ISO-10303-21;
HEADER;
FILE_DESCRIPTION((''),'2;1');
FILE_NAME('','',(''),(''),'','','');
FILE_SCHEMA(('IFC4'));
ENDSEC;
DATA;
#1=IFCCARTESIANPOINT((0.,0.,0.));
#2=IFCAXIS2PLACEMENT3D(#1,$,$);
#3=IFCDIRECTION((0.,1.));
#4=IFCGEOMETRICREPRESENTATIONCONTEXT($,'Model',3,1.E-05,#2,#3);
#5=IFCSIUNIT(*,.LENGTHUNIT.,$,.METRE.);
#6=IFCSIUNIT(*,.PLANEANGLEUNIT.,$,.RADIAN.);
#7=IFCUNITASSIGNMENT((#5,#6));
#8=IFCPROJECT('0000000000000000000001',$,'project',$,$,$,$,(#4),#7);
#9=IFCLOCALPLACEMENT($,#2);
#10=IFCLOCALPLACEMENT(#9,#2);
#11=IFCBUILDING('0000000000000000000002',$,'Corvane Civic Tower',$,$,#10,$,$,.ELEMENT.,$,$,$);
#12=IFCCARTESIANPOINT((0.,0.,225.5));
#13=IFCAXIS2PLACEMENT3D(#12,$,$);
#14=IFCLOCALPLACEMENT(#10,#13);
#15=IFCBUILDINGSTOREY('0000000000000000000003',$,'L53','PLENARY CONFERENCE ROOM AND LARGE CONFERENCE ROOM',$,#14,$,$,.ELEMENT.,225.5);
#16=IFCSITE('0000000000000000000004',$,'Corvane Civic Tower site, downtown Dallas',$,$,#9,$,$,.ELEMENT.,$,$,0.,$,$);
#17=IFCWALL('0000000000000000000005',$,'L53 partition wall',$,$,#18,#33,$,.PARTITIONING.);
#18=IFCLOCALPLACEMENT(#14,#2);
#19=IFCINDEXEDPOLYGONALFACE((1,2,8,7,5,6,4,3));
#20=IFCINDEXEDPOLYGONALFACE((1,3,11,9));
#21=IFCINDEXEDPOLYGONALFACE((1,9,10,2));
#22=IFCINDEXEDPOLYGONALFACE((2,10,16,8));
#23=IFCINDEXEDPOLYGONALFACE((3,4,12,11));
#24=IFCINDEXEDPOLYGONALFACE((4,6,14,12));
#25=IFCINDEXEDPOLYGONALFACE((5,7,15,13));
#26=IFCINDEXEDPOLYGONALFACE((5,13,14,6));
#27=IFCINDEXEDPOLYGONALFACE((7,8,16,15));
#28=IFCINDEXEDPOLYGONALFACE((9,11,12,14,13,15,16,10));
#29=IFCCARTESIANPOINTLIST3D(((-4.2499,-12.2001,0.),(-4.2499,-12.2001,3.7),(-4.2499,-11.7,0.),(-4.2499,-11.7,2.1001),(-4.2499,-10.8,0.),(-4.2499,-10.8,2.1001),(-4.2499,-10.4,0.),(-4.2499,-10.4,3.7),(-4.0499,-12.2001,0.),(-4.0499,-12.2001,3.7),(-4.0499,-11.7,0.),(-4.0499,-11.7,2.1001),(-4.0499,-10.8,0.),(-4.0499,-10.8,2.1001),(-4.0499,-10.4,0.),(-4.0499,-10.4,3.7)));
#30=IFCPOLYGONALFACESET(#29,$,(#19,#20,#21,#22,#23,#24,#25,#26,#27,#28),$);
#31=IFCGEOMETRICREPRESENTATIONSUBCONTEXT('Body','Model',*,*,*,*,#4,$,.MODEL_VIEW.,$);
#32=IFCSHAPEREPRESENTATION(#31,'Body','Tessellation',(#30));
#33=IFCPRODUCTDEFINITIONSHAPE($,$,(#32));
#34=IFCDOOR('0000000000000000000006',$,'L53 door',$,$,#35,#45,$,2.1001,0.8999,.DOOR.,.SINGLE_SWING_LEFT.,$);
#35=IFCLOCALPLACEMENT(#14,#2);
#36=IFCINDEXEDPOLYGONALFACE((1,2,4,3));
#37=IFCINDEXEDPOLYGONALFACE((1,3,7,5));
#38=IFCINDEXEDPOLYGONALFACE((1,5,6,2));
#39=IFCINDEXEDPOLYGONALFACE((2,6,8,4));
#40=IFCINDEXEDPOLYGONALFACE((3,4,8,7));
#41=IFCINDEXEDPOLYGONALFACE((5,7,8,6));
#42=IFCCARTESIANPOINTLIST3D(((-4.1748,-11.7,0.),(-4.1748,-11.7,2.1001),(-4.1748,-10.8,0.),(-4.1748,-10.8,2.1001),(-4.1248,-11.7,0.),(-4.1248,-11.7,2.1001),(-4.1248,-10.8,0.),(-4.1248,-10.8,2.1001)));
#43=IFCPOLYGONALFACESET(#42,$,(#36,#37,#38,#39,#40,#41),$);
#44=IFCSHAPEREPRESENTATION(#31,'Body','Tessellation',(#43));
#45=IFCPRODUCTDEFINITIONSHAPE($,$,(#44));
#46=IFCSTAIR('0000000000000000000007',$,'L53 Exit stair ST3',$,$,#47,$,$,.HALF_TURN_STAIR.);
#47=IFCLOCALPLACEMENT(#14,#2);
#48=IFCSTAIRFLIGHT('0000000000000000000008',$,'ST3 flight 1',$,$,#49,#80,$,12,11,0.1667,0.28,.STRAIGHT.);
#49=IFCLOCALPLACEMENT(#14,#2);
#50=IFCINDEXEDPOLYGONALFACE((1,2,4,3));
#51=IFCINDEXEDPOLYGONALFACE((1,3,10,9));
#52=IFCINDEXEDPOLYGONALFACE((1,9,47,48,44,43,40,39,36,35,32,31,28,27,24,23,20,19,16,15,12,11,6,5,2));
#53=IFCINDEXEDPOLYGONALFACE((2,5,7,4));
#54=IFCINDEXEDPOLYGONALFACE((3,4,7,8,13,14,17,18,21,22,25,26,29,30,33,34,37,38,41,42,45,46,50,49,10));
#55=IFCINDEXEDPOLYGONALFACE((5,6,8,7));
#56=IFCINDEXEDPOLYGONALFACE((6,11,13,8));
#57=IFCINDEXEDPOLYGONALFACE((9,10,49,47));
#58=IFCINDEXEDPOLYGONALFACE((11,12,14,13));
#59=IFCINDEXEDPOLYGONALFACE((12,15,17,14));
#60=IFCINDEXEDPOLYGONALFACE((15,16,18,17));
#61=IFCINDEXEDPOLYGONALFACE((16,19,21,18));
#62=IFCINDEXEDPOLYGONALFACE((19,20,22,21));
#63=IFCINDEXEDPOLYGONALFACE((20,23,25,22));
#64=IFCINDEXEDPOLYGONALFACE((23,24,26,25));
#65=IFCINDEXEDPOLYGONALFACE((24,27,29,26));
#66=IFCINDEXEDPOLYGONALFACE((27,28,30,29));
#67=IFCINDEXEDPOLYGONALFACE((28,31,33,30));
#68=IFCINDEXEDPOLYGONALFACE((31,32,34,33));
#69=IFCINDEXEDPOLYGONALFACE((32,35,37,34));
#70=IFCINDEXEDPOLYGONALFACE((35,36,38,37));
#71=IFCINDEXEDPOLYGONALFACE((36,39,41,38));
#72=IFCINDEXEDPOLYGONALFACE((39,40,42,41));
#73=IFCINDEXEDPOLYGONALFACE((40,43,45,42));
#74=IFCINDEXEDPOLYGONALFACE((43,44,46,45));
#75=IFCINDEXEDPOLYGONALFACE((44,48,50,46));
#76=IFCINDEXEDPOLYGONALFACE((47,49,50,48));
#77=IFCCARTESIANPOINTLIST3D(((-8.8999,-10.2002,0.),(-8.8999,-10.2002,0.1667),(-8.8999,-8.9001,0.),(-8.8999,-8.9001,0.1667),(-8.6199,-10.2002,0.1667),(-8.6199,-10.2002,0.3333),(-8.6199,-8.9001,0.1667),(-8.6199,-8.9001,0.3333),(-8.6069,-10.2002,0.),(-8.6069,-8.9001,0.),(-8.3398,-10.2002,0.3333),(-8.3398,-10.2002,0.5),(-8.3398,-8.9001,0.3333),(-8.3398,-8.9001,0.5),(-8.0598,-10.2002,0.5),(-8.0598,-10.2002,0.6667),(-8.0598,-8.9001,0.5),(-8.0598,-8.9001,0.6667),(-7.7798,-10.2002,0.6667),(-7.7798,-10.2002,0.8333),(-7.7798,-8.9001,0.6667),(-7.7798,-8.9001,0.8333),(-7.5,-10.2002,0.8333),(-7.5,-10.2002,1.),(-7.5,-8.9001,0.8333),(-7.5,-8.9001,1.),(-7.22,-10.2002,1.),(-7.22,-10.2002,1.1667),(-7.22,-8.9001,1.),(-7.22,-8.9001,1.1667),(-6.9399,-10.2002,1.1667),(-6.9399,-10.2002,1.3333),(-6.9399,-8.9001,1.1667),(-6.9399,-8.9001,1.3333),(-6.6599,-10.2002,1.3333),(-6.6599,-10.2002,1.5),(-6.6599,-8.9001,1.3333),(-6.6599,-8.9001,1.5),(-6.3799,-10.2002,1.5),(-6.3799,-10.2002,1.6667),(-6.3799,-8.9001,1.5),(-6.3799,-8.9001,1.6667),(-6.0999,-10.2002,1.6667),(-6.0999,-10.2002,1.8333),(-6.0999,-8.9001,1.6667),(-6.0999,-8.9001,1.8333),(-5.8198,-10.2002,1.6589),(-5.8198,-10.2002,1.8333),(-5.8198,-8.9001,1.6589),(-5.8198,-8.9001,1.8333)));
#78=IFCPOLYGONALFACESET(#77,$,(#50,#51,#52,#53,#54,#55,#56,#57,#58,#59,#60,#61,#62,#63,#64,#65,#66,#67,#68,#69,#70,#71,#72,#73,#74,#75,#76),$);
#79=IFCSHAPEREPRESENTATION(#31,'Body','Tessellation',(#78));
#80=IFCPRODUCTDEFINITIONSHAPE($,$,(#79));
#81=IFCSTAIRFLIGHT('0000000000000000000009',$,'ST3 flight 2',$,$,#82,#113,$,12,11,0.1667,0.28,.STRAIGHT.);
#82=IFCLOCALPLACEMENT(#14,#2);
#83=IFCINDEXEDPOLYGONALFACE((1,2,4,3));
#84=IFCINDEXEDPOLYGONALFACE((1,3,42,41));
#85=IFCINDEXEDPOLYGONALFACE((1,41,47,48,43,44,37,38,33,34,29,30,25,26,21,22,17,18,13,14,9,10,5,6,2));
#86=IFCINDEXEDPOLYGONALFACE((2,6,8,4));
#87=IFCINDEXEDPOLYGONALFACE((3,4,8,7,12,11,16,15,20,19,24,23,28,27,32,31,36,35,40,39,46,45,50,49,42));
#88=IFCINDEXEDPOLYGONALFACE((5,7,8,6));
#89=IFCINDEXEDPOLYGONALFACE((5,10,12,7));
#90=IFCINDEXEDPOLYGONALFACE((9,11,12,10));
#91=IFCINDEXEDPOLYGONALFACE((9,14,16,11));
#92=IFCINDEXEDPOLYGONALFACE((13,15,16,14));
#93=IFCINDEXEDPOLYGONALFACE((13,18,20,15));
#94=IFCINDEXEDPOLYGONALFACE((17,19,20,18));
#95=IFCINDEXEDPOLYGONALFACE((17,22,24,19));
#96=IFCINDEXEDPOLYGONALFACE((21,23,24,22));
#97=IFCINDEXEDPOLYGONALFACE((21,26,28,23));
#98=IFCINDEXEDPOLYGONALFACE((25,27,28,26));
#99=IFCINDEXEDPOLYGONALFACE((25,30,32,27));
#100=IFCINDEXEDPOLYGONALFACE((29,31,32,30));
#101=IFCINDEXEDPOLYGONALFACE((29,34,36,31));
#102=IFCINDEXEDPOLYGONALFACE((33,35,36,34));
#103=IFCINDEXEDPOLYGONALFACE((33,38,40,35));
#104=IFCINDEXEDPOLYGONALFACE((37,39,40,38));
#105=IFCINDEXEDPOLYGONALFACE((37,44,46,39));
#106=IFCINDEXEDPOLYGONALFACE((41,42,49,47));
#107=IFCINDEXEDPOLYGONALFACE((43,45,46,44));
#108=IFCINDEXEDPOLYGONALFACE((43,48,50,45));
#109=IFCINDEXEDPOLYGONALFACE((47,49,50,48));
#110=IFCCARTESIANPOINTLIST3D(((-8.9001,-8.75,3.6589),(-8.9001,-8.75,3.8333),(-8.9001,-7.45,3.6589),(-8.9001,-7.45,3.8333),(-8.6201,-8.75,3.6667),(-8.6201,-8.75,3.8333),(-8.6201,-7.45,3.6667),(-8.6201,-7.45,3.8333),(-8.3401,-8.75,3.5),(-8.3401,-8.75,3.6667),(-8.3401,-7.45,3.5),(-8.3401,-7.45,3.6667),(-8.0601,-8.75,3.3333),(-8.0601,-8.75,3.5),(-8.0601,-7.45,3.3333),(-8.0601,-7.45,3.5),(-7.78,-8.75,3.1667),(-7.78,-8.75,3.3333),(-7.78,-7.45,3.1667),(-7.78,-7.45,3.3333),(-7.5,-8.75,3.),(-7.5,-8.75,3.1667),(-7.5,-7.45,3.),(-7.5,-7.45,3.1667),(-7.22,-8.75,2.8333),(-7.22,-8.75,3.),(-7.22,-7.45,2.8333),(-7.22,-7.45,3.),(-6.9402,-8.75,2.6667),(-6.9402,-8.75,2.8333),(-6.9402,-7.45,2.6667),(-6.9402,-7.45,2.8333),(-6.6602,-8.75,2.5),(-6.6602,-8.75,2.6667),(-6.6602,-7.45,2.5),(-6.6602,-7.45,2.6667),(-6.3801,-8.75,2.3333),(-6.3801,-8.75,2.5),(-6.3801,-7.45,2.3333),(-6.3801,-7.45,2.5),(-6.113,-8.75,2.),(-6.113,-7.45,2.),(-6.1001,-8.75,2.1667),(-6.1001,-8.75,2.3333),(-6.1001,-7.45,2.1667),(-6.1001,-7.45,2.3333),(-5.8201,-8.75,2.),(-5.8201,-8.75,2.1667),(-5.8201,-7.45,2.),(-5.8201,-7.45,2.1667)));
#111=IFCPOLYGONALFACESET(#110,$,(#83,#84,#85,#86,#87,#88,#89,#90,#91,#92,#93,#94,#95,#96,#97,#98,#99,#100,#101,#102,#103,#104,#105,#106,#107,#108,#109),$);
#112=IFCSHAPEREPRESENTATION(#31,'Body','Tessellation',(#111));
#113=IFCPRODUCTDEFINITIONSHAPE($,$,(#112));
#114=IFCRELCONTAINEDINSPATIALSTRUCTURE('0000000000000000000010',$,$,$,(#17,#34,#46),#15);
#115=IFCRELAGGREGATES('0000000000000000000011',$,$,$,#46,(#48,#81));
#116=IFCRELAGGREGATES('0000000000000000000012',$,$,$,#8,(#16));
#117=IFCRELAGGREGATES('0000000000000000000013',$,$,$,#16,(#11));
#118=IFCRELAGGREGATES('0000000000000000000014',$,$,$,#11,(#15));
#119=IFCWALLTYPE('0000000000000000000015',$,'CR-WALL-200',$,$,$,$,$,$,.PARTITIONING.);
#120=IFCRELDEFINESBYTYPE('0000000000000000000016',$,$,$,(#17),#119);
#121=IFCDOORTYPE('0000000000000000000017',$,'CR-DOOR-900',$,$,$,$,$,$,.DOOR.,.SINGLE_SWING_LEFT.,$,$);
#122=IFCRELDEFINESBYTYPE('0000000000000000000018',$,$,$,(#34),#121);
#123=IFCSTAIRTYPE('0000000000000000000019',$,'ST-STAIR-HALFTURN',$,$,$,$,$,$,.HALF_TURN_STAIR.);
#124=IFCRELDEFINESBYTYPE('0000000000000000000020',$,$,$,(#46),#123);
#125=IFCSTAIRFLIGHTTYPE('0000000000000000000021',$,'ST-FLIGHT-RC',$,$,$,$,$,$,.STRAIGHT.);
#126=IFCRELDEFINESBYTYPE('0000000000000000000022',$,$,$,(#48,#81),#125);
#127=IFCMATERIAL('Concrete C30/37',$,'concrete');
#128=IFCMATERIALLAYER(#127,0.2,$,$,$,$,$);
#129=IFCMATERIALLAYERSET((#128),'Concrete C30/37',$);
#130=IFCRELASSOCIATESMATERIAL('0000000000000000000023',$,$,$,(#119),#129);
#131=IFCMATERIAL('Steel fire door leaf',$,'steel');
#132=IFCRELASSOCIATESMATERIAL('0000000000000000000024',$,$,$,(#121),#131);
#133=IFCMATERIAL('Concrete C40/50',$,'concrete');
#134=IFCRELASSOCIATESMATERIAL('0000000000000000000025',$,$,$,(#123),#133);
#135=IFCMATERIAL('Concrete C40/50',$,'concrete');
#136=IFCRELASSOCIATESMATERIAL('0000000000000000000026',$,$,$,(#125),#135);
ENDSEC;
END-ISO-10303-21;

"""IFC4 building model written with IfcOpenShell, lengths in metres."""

from ifc_helpers import new_model, si_unit, direction, frame, frame_2d, origin, place, context, subcontext, project, spatial, polyline, rectangle, outline, extrude, material, layer, layer_set, type_object, element, fill, aggregate, save


model = new_model("IFC4")

# Units and contexts
model_context = context("Model", 3, precision=1e-05, world=origin(), true_north=direction((0.0, 1.0)))
body_context = subcontext(model_context, "Body", "Model", "MODEL_VIEW")
ifc_project = project(units=[si_unit("LENGTHUNIT", "METRE"), si_unit("PLANEANGLEUNIT", "RADIAN")], contexts=[model_context])

# Site, building, storey
site_placement = place(None, origin())
site = spatial("IfcSite", under=ifc_project, at=site_placement, Name="Corvane Civic Tower site, downtown Dallas", CompositionType="ELEMENT", RefElevation=0.0)
building_placement = place(site_placement, origin())
building = spatial("IfcBuilding", under=site, at=building_placement, Name="Corvane Civic Tower", CompositionType="ELEMENT")
storey_placement = place(building_placement, frame((0.0, 0.0, 225.5)))
storey = spatial("IfcBuildingStorey", under=building, at=storey_placement, Name="L53", Description="PLENARY CONFERENCE ROOM AND LARGE CONFERENCE ROOM", CompositionType="ELEMENT", Elevation=225.5)

# Wall, opening, door
ifc_material_1 = material(Name="Concrete C30/37", Category="concrete")
ifc_layer_1 = layer(ifc_material_1, 0.2)
ifc_layer_set_1 = layer_set([ifc_layer_1], Name="Concrete C30/37")
wall_type_1 = type_object("IfcWallType", Name="CR-WALL-200", PredefinedType="PARTITIONING", material=ifc_layer_set_1)
ifc_material_2 = material(Name="Steel fire door leaf", Category="steel")
door_type_1 = type_object("IfcDoorType", Name="CR-DOOR-900", OperationType="SINGLE_SWING_LEFT", PredefinedType="DOOR", material=ifc_material_2)
wall_1_placement = place(storey_placement, frame((-4.1499, -12.2, 0.0), z_axis=(0.0, 0.0, 1.0), x_axis=(0.0, 1.0, 0.0)))
wall_1 = element("IfcWall", 1, at=wall_1_placement, inside=storey, type_object=wall_type_1, Name="L53 partition wall", PredefinedType="PARTITIONING", context=body_context, shape_type="SweptSolid", body=[
    extrude(rectangle(XDim=1.8, YDim=0.2, at=frame_2d((0.8999, 0.0))), origin(), (0.0, 0.0, 1.0), 3.7),
])
opening_1_placement = place(wall_1_placement, frame((0.5, 0.0, 0.0)))
opening_1 = element("IfcOpeningElement", 2, at=opening_1_placement, cuts=wall_1, PredefinedType="OPENING", context=body_context, shape_type="SweptSolid", body=[
    extrude(rectangle(XDim=0.8999, YDim=2.1001, at=frame_2d((0.45, 1.05))), frame((0.0, 0.1099, 0.0), z_axis=(0.0, -1.0, 0.0), x_axis=(1.0, 0.0, 0.0)), (0.0, 0.0, 1.0), 0.22),
])
door_1_placement = place(opening_1_placement, origin())
door_1 = element("IfcDoor", 3, at=door_1_placement, inside=storey, type_object=door_type_1, Name="L53 door", OperationType="SINGLE_SWING_LEFT", OverallHeight=2.1001, OverallWidth=0.8999, PredefinedType="DOOR", context=body_context, shape_type="SweptSolid", body=[
    extrude(rectangle(XDim=0.8999, YDim=2.1001, at=frame_2d((0.45, 1.05))), frame((0.0, 0.0249, 0.0), z_axis=(0.0, -1.0, 0.0), x_axis=(1.0, 0.0, 0.0)), (0.0, 0.0, 1.0), 0.05),
])
fill(opening_1, door_1)

# Stair, stair flights
ifc_material_3 = material(Name="Concrete C40/50", Category="concrete")
stair_type = type_object("IfcStairType", Name="ST-STAIR-HALFTURN", PredefinedType="HALF_TURN_STAIR", material=ifc_material_3)
stair_placement = place(storey_placement, origin())
stair = element("IfcStair", 4, at=stair_placement, inside=storey, type_object=stair_type, Name="L53 Exit stair ST3", PredefinedType="HALF_TURN_STAIR")
ifc_material_4 = material(Name="Concrete C40/50", Category="concrete")
stair_flight_type = type_object("IfcStairFlightType", Name="ST-FLIGHT-RC", PredefinedType="STRAIGHT", material=ifc_material_4)
stair_flight_1_placement = place(storey_placement, frame((-8.8999, -9.55, 0.0), z_axis=(0.0, 0.0, 1.0), x_axis=(1.0, 0.0, 0.0)))
stair_flight_1 = element("IfcStairFlight", 5, at=stair_flight_1_placement, type_object=stair_flight_type, Name="ST3 flight 1", NumberOfRisers=12, NumberOfTreads=11, PredefinedType="STRAIGHT", RiserHeight=0.1667, TreadLength=0.28, context=body_context, shape_type="SweptSolid", body=[
    extrude(outline(polyline([(0.0, 0.0), (0.0, 0.1667), (0.28, 0.1667), (0.28, 0.3333), (0.5601, 0.3333), (0.5601, 0.5), (0.8401, 0.5), (0.8401, 0.6667), (1.1201, 0.6667), (1.1201, 0.8333), (1.3999, 0.8333), (1.3999, 1.0), (1.6799, 1.0), (1.6799, 1.1667), (1.96, 1.1667), (1.96, 1.3333), (2.24, 1.3333), (2.24, 1.5), (2.52, 1.5), (2.52, 1.6667), (2.8, 1.6667), (2.8, 1.8333), (3.0801, 1.8333), (3.0801, 2.0), (3.0801, 1.6589), (0.293, 0.0), (0.0, 0.0)])), frame((0.0, 0.6499, 0.0), z_axis=(0.0, -1.0, 0.0), x_axis=(1.0, 0.0, 0.0)), (0.0, 0.0, 1.0), 1.3),
])
stair_flight_2_placement = place(storey_placement, frame((-5.8201, -8.1001, 2.0), z_axis=(0.0, 0.0, 1.0), x_axis=(-1.0, 0.0, 0.0)))
stair_flight_2 = element("IfcStairFlight", 6, at=stair_flight_2_placement, type_object=stair_flight_type, Name="ST3 flight 2", NumberOfRisers=12, NumberOfTreads=11, PredefinedType="STRAIGHT", RiserHeight=0.1667, TreadLength=0.28, context=body_context, shape_type="SweptSolid", body=[
    extrude(outline(polyline([(0.0, 0.0), (0.0, 0.1667), (0.28, 0.1667), (0.28, 0.3333), (0.5601, 0.3333), (0.5601, 0.5), (0.8401, 0.5), (0.8401, 0.6667), (1.1201, 0.6667), (1.1201, 0.8333), (1.3999, 0.8333), (1.3999, 1.0), (1.6799, 1.0), (1.6799, 1.1667), (1.96, 1.1667), (1.96, 1.3333), (2.24, 1.3333), (2.24, 1.5), (2.52, 1.5), (2.52, 1.6667), (2.8, 1.6667), (2.8, 1.8333), (3.0801, 1.8333), (3.0801, 2.0), (3.0801, 1.6589), (0.293, 0.0), (0.0, 0.0)])), frame((0.0, 0.6499, 0.0), z_axis=(0.0, -1.0, 0.0), x_axis=(1.0, 0.0, 0.0)), (0.0, 0.0, 1.0), 1.3),
])
aggregate(stair, [stair_flight_1, stair_flight_2])

save(model, "model.ifc")
